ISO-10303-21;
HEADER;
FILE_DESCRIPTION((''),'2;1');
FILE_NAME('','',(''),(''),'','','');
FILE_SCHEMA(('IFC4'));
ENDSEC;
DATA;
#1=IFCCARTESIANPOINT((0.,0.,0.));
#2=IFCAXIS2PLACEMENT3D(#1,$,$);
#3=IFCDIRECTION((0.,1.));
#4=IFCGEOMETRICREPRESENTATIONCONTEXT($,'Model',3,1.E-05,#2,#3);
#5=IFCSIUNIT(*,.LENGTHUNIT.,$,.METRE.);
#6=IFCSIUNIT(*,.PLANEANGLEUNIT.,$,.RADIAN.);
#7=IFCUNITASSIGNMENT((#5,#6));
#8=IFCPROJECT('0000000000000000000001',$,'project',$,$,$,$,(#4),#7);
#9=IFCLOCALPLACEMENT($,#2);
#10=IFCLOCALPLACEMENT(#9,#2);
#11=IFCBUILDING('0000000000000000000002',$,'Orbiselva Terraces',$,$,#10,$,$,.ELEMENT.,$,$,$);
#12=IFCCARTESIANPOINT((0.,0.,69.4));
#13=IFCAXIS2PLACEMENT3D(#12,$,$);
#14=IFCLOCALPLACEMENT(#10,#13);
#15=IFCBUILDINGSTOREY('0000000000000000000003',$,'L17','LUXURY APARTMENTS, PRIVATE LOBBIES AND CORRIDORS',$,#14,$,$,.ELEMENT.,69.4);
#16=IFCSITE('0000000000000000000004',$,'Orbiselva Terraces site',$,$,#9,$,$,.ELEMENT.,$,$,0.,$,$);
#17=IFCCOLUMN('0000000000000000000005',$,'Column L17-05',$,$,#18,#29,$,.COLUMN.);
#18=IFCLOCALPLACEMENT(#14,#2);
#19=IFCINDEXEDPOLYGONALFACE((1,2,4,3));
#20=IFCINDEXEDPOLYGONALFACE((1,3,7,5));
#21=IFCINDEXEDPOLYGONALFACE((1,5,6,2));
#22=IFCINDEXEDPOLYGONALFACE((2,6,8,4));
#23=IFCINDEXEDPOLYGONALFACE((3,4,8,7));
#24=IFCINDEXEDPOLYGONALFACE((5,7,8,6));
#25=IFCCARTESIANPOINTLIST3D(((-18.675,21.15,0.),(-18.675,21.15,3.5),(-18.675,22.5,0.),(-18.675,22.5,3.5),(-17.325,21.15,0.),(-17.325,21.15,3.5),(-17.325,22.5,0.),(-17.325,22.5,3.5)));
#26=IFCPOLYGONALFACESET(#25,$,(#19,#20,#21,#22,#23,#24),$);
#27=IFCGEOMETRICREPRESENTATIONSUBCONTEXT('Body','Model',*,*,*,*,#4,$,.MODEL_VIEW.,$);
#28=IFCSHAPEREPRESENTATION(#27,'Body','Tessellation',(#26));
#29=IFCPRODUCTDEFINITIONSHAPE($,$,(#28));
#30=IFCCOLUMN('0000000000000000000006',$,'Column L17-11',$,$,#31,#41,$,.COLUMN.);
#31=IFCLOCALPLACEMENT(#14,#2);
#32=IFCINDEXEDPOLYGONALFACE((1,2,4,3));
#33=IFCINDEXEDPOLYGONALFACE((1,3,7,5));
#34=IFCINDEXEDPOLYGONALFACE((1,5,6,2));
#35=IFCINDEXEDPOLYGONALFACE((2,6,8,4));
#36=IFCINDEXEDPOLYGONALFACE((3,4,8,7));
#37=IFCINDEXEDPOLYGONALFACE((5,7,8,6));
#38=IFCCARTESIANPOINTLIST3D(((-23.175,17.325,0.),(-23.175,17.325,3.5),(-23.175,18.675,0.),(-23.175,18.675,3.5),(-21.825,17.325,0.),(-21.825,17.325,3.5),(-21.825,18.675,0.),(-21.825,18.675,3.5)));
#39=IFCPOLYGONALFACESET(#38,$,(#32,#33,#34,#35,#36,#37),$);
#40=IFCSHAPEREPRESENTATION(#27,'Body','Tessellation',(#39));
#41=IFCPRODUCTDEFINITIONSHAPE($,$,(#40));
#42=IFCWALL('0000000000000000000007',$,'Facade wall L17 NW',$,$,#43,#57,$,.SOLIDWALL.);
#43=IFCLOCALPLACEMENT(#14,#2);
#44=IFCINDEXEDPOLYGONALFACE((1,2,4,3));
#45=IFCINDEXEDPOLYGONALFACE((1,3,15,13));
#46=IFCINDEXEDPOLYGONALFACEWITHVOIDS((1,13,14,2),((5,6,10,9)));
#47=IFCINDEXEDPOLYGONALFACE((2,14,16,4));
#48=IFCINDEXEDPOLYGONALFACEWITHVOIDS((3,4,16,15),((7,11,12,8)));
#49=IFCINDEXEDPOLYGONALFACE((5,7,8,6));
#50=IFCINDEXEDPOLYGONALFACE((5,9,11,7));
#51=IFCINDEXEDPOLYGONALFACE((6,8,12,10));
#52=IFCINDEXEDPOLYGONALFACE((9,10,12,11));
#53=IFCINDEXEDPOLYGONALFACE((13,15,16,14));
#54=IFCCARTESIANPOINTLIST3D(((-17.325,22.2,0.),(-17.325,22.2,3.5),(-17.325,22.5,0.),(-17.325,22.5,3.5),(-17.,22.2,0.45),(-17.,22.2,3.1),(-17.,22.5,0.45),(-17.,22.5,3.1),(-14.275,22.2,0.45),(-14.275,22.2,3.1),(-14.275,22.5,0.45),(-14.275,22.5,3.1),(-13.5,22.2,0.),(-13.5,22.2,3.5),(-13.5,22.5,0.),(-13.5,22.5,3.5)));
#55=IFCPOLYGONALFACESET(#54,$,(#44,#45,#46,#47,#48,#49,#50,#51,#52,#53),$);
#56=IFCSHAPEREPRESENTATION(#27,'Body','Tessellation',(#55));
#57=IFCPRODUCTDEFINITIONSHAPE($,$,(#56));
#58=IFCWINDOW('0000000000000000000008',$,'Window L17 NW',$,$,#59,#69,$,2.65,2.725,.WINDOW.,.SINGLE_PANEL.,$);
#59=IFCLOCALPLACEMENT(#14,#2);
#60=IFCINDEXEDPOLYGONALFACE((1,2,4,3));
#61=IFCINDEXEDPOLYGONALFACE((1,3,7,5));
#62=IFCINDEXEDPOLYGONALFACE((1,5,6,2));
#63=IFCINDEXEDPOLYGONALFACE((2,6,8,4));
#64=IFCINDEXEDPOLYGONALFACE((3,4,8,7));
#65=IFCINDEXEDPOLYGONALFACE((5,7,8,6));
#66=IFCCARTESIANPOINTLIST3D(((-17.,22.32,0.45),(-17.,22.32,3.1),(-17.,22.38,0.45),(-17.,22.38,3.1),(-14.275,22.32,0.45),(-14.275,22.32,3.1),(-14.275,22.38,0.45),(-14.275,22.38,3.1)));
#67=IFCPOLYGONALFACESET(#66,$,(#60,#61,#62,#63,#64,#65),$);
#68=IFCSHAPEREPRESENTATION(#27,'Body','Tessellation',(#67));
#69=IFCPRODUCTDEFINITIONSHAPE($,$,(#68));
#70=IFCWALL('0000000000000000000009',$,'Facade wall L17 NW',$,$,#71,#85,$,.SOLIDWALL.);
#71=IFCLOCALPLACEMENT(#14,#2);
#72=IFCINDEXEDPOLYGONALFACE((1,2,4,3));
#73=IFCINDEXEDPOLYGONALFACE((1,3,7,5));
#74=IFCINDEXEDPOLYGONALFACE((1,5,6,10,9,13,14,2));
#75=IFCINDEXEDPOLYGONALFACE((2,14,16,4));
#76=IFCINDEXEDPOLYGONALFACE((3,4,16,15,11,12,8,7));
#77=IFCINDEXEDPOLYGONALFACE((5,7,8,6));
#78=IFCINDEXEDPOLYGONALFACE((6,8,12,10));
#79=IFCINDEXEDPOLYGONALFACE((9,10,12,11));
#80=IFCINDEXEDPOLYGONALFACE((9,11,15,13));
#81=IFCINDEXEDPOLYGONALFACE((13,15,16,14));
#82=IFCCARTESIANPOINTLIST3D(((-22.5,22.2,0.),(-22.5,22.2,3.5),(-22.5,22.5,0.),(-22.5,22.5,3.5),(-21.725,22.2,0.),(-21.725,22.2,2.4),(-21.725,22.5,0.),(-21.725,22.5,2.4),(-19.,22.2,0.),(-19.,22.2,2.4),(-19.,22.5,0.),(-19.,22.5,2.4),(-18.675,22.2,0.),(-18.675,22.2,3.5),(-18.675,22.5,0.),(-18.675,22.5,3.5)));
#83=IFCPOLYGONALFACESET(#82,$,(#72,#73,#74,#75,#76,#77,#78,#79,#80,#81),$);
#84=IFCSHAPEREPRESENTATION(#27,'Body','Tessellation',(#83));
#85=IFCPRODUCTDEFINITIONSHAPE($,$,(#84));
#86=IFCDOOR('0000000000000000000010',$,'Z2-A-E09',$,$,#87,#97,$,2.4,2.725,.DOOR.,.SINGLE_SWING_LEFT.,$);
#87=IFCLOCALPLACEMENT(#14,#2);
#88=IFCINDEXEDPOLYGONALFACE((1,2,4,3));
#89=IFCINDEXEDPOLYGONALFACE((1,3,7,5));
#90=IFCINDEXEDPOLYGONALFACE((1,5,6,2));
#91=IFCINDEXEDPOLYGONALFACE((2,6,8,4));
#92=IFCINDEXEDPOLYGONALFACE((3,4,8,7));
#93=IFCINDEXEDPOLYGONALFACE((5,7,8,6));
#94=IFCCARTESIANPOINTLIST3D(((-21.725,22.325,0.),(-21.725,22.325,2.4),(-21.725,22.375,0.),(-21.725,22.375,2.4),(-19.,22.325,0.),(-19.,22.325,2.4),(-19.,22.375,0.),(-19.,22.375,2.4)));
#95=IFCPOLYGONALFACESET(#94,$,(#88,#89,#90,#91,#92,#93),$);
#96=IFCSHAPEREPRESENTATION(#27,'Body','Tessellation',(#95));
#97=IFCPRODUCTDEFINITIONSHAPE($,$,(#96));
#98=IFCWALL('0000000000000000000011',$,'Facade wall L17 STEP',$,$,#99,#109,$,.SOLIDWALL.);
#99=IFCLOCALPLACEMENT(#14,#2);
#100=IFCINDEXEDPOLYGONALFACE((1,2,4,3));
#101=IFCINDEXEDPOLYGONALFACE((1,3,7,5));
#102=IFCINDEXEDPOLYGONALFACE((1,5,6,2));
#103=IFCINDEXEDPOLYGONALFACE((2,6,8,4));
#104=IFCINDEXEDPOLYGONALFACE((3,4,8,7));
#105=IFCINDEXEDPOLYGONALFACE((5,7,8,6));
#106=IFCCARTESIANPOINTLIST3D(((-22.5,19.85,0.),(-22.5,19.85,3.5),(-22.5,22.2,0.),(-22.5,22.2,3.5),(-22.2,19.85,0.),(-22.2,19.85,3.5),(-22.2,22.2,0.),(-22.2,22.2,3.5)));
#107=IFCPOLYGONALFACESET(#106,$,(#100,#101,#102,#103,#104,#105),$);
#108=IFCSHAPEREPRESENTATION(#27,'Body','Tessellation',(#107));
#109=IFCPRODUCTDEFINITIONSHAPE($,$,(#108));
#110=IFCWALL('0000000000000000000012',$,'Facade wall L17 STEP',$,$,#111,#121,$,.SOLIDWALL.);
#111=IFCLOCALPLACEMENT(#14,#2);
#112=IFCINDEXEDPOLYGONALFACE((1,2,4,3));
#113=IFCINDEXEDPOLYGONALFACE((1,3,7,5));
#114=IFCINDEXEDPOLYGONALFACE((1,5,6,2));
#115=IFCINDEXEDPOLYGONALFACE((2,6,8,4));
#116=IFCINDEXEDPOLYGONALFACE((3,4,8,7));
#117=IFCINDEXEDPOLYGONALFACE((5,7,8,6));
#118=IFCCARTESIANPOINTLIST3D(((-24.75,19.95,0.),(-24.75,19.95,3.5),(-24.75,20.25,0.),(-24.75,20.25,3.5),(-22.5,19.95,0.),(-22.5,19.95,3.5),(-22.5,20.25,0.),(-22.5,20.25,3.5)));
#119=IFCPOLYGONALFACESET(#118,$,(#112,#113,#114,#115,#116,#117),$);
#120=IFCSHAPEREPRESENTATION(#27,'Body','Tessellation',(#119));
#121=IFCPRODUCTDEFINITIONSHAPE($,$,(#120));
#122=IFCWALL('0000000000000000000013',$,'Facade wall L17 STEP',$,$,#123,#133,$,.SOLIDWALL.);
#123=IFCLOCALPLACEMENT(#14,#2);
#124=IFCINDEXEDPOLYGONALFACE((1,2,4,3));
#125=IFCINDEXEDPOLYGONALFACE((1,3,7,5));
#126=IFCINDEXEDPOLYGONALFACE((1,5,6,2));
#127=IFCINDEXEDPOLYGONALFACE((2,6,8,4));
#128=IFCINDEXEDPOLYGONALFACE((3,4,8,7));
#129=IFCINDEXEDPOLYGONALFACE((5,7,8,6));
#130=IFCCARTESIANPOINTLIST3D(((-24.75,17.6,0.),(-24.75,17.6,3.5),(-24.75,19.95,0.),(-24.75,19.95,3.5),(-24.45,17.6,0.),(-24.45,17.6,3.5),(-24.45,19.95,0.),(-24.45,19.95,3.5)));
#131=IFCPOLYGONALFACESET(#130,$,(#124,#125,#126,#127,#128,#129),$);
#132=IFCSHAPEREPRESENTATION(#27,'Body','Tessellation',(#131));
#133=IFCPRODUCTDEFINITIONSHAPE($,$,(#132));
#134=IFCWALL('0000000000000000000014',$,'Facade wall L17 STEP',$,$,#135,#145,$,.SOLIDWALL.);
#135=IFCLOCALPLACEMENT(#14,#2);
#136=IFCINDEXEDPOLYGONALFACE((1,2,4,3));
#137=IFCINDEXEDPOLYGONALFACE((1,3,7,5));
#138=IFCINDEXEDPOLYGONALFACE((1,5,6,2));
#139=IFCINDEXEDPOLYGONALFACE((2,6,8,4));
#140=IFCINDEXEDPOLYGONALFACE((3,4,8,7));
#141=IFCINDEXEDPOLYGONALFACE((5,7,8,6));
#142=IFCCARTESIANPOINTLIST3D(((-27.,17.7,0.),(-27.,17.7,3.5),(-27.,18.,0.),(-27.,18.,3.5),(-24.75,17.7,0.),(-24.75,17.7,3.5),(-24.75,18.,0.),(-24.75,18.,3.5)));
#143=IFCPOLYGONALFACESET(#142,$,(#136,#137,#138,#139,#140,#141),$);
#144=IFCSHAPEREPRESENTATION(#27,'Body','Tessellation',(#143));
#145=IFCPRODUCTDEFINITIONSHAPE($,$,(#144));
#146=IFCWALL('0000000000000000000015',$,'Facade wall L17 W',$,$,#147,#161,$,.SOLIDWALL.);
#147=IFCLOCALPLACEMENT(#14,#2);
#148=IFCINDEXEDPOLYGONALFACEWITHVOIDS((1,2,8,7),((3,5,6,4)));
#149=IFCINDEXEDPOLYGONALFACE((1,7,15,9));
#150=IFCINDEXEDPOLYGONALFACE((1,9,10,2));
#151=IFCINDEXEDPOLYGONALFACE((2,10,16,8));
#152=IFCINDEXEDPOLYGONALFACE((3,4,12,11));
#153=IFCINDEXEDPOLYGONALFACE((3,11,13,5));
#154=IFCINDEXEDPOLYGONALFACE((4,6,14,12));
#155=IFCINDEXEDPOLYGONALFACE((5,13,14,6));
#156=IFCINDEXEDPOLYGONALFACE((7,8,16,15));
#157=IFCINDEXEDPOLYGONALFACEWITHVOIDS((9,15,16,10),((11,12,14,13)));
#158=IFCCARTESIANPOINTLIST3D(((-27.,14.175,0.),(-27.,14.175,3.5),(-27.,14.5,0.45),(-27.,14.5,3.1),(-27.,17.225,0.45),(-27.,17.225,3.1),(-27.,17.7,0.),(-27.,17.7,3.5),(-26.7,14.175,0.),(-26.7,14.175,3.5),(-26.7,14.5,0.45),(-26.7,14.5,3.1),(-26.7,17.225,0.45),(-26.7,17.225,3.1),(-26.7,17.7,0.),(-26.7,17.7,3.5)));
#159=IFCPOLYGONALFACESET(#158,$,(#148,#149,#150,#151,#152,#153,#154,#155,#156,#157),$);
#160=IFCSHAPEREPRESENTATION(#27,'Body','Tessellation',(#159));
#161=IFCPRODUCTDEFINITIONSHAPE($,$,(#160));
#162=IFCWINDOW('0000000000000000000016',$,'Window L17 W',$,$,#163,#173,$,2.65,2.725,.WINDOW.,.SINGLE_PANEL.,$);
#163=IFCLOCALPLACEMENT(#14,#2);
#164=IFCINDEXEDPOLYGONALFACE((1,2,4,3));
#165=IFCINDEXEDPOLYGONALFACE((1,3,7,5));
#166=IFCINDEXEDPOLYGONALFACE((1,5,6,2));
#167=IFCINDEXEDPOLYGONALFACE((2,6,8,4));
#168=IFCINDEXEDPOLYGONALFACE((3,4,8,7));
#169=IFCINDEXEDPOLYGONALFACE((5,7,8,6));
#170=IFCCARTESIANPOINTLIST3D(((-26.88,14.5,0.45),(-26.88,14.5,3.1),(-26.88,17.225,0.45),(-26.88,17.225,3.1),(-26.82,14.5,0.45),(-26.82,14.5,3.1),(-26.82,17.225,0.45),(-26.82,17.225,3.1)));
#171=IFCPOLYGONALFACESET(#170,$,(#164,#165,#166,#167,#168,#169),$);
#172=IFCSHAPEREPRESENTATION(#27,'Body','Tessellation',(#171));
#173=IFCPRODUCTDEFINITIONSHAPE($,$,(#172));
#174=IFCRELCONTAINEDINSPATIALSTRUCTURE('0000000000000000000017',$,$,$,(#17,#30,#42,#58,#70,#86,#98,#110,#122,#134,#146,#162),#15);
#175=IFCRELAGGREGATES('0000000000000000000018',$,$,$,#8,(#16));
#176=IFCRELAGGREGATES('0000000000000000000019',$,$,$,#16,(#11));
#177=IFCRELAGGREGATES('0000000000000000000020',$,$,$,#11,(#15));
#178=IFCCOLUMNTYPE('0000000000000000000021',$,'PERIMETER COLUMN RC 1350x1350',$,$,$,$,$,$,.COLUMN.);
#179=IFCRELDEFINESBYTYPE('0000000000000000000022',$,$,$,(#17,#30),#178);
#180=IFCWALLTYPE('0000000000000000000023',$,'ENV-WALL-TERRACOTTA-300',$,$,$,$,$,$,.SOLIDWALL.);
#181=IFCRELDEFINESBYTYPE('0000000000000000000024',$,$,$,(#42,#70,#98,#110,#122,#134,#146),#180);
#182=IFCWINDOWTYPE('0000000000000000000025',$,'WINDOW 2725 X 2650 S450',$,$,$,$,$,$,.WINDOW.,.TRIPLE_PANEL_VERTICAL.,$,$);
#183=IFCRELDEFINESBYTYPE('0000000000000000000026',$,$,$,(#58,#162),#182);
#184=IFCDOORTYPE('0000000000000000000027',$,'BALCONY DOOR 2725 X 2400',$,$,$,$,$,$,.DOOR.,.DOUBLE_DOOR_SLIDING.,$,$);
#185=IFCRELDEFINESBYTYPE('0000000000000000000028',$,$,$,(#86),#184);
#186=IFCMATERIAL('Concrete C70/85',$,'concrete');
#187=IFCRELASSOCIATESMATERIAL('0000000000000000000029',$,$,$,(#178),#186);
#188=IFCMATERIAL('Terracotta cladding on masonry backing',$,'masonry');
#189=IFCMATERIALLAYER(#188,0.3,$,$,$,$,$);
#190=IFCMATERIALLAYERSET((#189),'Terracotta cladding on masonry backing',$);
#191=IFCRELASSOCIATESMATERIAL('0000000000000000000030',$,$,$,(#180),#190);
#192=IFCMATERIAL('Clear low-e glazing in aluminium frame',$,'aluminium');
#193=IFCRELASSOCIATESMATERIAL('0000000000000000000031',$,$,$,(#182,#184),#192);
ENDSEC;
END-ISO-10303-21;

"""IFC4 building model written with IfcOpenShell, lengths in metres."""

from ifc_helpers import new_model, si_unit, direction, frame, frame_2d, origin, origin_2d, place, context, subcontext, project, spatial, rectangle, extrude, material, layer, layer_set, material_profile, profile_set, type_object, element, fill, save


model = new_model("IFC4")

# Units and contexts
model_context = context("Model", 3, precision=1e-05, world=origin(), true_north=direction((0.0, 1.0)))
body_context = subcontext(model_context, "Body", "Model", "MODEL_VIEW")
ifc_project = project(units=[si_unit("LENGTHUNIT", "METRE"), si_unit("PLANEANGLEUNIT", "RADIAN")], contexts=[model_context])

# Site, building, storey
site_placement = place(None, origin())
site = spatial("IfcSite", under=ifc_project, at=site_placement, Name="Orbiselva Terraces site", CompositionType="ELEMENT", RefElevation=0.0)
building_placement = place(site_placement, origin())
building = spatial("IfcBuilding", under=site, at=building_placement, Name="Orbiselva Terraces", CompositionType="ELEMENT")
storey_placement = place(building_placement, frame((0.0, 0.0, 69.4)))
storey = spatial("IfcBuildingStorey", under=building, at=storey_placement, Name="L17", Description="LUXURY APARTMENTS, PRIVATE LOBBIES AND CORRIDORS", CompositionType="ELEMENT", Elevation=69.4)

# Columns
ifc_material_1 = material(Name="Concrete C70/85", Category="concrete")
ifc_material_profile = material_profile(ifc_material_1, rectangle(XDim=1.35, YDim=1.35, at=origin_2d()), Name="RC 1350x1350")
ifc_profile_set = profile_set([ifc_material_profile], Name="Concrete C70/85")
column_type = type_object("IfcColumnType", Name="PERIMETER COLUMN RC 1350x1350", PredefinedType="COLUMN", material=ifc_profile_set)
for number, where, z_axis, x_axis, name in (
    (1, (-18.0, 21.825, 0.0), (0.0, 0.0, 1.0), (1.0, 0.0, 0.0), "Column L17-05"),
    (2, (-22.5, 18.0, 0.0), (0.0, 0.0, 1.0), (1.0, 0.0, 0.0), "Column L17-11"),
):
    element("IfcColumn", number, at=place(storey_placement, frame(where, z_axis=z_axis, x_axis=x_axis)), inside=storey, type_object=column_type, Name=name, PredefinedType="COLUMN", context=body_context, shape_type="SweptSolid", body=[
        extrude(rectangle(XDim=1.35, YDim=1.35, at=origin_2d()), origin(), (0.0, 0.0, 1.0), 3.5),
    ])

# Wall, opening, window
ifc_material_2 = material(Name="Terracotta cladding on masonry backing", Category="masonry")
ifc_layer_1 = layer(ifc_material_2, 0.3)
ifc_layer_set_1 = layer_set([ifc_layer_1], Name="Terracotta cladding on masonry backing")
wall_type_1 = type_object("IfcWallType", Name="ENV-WALL-TERRACOTTA-300", PredefinedType="SOLIDWALL", material=ifc_layer_set_1)
wall_1_placement = place(storey_placement, frame((-17.325, 22.35, 0.0), z_axis=(0.0, 0.0, 1.0), x_axis=(1.0, 0.0, 0.0)))
wall_1 = element("IfcWall", 3, at=wall_1_placement, inside=storey, type_object=wall_type_1, Name="Facade wall L17 NW", PredefinedType="SOLIDWALL", context=body_context, shape_type="SweptSolid", body=[
    extrude(rectangle(XDim=3.825, YDim=0.3, at=frame_2d((1.9125, 0.0))), origin(), (0.0, 0.0, 1.0), 3.5),
])
opening_1_placement = place(wall_1_placement, frame((0.325, 0.0, 0.45)))
opening_1 = element("IfcOpeningElement", 4, at=opening_1_placement, cuts=wall_1, PredefinedType="OPENING", context=body_context, shape_type="SweptSolid", body=[
    extrude(rectangle(XDim=2.725, YDim=2.65, at=frame_2d((1.3625, 1.325))), frame((0.0, 0.16, 0.0), z_axis=(0.0, -1.0, 0.0), x_axis=(1.0, 0.0, 0.0)), (0.0, 0.0, 1.0), 0.32),
])
ifc_material_3 = material(Name="Clear low-e glazing in aluminium frame", Category="aluminium")
window_type = type_object("IfcWindowType", Name="WINDOW 2725 X 2650 S450", PartitioningType="TRIPLE_PANEL_VERTICAL", PredefinedType="WINDOW", material=ifc_material_3)
window_1_placement = place(opening_1_placement, origin())
window_1 = element("IfcWindow", 5, at=window_1_placement, inside=storey, type_object=window_type, Name="Window L17 NW", OverallHeight=2.65, OverallWidth=2.725, PartitioningType="SINGLE_PANEL", PredefinedType="WINDOW", context=body_context, shape_type="SweptSolid", body=[
    extrude(rectangle(XDim=2.725, YDim=2.65, at=frame_2d((1.3625, 1.325))), frame((0.0, 0.03, 0.0), z_axis=(0.0, -1.0, 0.0), x_axis=(1.0, 0.0, 0.0)), (0.0, 0.0, 1.0), 0.06),
])
fill(opening_1, window_1)

# Wall, opening, door
wall_2_placement = place(storey_placement, frame((-22.5, 22.35, 0.0), z_axis=(0.0, 0.0, 1.0), x_axis=(1.0, 0.0, 0.0)))
wall_2 = element("IfcWall", 6, at=wall_2_placement, inside=storey, type_object=wall_type_1, Name="Facade wall L17 NW", PredefinedType="SOLIDWALL", context=body_context, shape_type="SweptSolid", body=[
    extrude(rectangle(XDim=3.825, YDim=0.3, at=frame_2d((1.9125, 0.0))), origin(), (0.0, 0.0, 1.0), 3.5),
])
opening_2_placement = place(wall_2_placement, frame((0.775, 0.0, 0.0)))
opening_2 = element("IfcOpeningElement", 7, at=opening_2_placement, cuts=wall_2, PredefinedType="OPENING", context=body_context, shape_type="SweptSolid", body=[
    extrude(rectangle(XDim=2.725, YDim=2.4, at=frame_2d((1.3625, 1.2))), frame((0.0, 0.16, 0.0), z_axis=(0.0, -1.0, 0.0), x_axis=(1.0, 0.0, 0.0)), (0.0, 0.0, 1.0), 0.32),
])
door_type_1 = type_object("IfcDoorType", Name="BALCONY DOOR 2725 X 2400", OperationType="DOUBLE_DOOR_SLIDING", PredefinedType="DOOR", material=ifc_material_3)
door_1_placement = place(opening_2_placement, origin())
door_1 = element("IfcDoor", 8, at=door_1_placement, inside=storey, type_object=door_type_1, Name="Z2-A-E09", OperationType="SINGLE_SWING_LEFT", OverallHeight=2.4, OverallWidth=2.725, PredefinedType="DOOR", context=body_context, shape_type="SweptSolid", body=[
    extrude(rectangle(XDim=2.725, YDim=2.4, at=frame_2d((1.3625, 1.2))), frame((0.0, 0.025, 0.0), z_axis=(0.0, -1.0, 0.0), x_axis=(1.0, 0.0, 0.0)), (0.0, 0.0, 1.0), 0.05),
])
fill(opening_2, door_1)

# Walls
wall_3_placement = place(storey_placement, frame((-22.35, 19.85, 0.0), z_axis=(0.0, 0.0, 1.0), x_axis=(0.0, 1.0, 0.0)))
element("IfcWall", 9, at=wall_3_placement, inside=storey, type_object=wall_type_1, Name="Facade wall L17 STEP", PredefinedType="SOLIDWALL", context=body_context, shape_type="SweptSolid", body=[
    extrude(rectangle(XDim=2.35, YDim=0.3, at=frame_2d((1.175, 0.0))), origin(), (0.0, 0.0, 1.0), 3.5),
])
wall_4_placement = place(storey_placement, frame((-24.75, 20.1, 0.0), z_axis=(0.0, 0.0, 1.0), x_axis=(1.0, 0.0, 0.0)))
element("IfcWall", 10, at=wall_4_placement, inside=storey, type_object=wall_type_1, Name="Facade wall L17 STEP", PredefinedType="SOLIDWALL", context=body_context, shape_type="SweptSolid", body=[
    extrude(rectangle(XDim=2.25, YDim=0.3, at=frame_2d((1.125, 0.0))), origin(), (0.0, 0.0, 1.0), 3.5),
])
wall_5_placement = place(storey_placement, frame((-24.6, 17.6, 0.0), z_axis=(0.0, 0.0, 1.0), x_axis=(0.0, 1.0, 0.0)))
element("IfcWall", 11, at=wall_5_placement, inside=storey, type_object=wall_type_1, Name="Facade wall L17 STEP", PredefinedType="SOLIDWALL", context=body_context, shape_type="SweptSolid", body=[
    extrude(rectangle(XDim=2.35, YDim=0.3, at=frame_2d((1.175, 0.0))), origin(), (0.0, 0.0, 1.0), 3.5),
])
wall_6_placement = place(storey_placement, frame((-27.0, 17.85, 0.0), z_axis=(0.0, 0.0, 1.0), x_axis=(1.0, 0.0, 0.0)))
element("IfcWall", 12, at=wall_6_placement, inside=storey, type_object=wall_type_1, Name="Facade wall L17 STEP", PredefinedType="SOLIDWALL", context=body_context, shape_type="SweptSolid", body=[
    extrude(rectangle(XDim=2.25, YDim=0.3, at=frame_2d((1.125, 0.0))), origin(), (0.0, 0.0, 1.0), 3.5),
])

# Wall, opening, window
wall_7_placement = place(storey_placement, frame((-26.85, 14.175, 0.0), z_axis=(0.0, 0.0, 1.0), x_axis=(0.0, 1.0, 0.0)))
wall_7 = element("IfcWall", 13, at=wall_7_placement, inside=storey, type_object=wall_type_1, Name="Facade wall L17 W", PredefinedType="SOLIDWALL", context=body_context, shape_type="SweptSolid", body=[
    extrude(rectangle(XDim=3.525, YDim=0.3, at=frame_2d((1.7625, 0.0))), origin(), (0.0, 0.0, 1.0), 3.5),
])
opening_3_placement = place(wall_7_placement, frame((0.325, 0.0, 0.45)))
opening_3 = element("IfcOpeningElement", 14, at=opening_3_placement, cuts=wall_7, PredefinedType="OPENING", context=body_context, shape_type="SweptSolid", body=[
    extrude(rectangle(XDim=2.725, YDim=2.65, at=frame_2d((1.3625, 1.325))), frame((0.0, 0.16, 0.0), z_axis=(0.0, -1.0, 0.0), x_axis=(1.0, 0.0, 0.0)), (0.0, 0.0, 1.0), 0.32),
])
window_2_placement = place(opening_3_placement, origin())
window_2 = element("IfcWindow", 15, at=window_2_placement, inside=storey, type_object=window_type, Name="Window L17 W", OverallHeight=2.65, OverallWidth=2.725, PartitioningType="SINGLE_PANEL", PredefinedType="WINDOW", context=body_context, shape_type="SweptSolid", body=[
    extrude(rectangle(XDim=2.725, YDim=2.65, at=frame_2d((1.3625, 1.325))), frame((0.0, 0.03, 0.0), z_axis=(0.0, -1.0, 0.0), x_axis=(1.0, 0.0, 0.0)), (0.0, 0.0, 1.0), 0.06),
])
fill(opening_3, window_2)

save(model, "model.ifc")
